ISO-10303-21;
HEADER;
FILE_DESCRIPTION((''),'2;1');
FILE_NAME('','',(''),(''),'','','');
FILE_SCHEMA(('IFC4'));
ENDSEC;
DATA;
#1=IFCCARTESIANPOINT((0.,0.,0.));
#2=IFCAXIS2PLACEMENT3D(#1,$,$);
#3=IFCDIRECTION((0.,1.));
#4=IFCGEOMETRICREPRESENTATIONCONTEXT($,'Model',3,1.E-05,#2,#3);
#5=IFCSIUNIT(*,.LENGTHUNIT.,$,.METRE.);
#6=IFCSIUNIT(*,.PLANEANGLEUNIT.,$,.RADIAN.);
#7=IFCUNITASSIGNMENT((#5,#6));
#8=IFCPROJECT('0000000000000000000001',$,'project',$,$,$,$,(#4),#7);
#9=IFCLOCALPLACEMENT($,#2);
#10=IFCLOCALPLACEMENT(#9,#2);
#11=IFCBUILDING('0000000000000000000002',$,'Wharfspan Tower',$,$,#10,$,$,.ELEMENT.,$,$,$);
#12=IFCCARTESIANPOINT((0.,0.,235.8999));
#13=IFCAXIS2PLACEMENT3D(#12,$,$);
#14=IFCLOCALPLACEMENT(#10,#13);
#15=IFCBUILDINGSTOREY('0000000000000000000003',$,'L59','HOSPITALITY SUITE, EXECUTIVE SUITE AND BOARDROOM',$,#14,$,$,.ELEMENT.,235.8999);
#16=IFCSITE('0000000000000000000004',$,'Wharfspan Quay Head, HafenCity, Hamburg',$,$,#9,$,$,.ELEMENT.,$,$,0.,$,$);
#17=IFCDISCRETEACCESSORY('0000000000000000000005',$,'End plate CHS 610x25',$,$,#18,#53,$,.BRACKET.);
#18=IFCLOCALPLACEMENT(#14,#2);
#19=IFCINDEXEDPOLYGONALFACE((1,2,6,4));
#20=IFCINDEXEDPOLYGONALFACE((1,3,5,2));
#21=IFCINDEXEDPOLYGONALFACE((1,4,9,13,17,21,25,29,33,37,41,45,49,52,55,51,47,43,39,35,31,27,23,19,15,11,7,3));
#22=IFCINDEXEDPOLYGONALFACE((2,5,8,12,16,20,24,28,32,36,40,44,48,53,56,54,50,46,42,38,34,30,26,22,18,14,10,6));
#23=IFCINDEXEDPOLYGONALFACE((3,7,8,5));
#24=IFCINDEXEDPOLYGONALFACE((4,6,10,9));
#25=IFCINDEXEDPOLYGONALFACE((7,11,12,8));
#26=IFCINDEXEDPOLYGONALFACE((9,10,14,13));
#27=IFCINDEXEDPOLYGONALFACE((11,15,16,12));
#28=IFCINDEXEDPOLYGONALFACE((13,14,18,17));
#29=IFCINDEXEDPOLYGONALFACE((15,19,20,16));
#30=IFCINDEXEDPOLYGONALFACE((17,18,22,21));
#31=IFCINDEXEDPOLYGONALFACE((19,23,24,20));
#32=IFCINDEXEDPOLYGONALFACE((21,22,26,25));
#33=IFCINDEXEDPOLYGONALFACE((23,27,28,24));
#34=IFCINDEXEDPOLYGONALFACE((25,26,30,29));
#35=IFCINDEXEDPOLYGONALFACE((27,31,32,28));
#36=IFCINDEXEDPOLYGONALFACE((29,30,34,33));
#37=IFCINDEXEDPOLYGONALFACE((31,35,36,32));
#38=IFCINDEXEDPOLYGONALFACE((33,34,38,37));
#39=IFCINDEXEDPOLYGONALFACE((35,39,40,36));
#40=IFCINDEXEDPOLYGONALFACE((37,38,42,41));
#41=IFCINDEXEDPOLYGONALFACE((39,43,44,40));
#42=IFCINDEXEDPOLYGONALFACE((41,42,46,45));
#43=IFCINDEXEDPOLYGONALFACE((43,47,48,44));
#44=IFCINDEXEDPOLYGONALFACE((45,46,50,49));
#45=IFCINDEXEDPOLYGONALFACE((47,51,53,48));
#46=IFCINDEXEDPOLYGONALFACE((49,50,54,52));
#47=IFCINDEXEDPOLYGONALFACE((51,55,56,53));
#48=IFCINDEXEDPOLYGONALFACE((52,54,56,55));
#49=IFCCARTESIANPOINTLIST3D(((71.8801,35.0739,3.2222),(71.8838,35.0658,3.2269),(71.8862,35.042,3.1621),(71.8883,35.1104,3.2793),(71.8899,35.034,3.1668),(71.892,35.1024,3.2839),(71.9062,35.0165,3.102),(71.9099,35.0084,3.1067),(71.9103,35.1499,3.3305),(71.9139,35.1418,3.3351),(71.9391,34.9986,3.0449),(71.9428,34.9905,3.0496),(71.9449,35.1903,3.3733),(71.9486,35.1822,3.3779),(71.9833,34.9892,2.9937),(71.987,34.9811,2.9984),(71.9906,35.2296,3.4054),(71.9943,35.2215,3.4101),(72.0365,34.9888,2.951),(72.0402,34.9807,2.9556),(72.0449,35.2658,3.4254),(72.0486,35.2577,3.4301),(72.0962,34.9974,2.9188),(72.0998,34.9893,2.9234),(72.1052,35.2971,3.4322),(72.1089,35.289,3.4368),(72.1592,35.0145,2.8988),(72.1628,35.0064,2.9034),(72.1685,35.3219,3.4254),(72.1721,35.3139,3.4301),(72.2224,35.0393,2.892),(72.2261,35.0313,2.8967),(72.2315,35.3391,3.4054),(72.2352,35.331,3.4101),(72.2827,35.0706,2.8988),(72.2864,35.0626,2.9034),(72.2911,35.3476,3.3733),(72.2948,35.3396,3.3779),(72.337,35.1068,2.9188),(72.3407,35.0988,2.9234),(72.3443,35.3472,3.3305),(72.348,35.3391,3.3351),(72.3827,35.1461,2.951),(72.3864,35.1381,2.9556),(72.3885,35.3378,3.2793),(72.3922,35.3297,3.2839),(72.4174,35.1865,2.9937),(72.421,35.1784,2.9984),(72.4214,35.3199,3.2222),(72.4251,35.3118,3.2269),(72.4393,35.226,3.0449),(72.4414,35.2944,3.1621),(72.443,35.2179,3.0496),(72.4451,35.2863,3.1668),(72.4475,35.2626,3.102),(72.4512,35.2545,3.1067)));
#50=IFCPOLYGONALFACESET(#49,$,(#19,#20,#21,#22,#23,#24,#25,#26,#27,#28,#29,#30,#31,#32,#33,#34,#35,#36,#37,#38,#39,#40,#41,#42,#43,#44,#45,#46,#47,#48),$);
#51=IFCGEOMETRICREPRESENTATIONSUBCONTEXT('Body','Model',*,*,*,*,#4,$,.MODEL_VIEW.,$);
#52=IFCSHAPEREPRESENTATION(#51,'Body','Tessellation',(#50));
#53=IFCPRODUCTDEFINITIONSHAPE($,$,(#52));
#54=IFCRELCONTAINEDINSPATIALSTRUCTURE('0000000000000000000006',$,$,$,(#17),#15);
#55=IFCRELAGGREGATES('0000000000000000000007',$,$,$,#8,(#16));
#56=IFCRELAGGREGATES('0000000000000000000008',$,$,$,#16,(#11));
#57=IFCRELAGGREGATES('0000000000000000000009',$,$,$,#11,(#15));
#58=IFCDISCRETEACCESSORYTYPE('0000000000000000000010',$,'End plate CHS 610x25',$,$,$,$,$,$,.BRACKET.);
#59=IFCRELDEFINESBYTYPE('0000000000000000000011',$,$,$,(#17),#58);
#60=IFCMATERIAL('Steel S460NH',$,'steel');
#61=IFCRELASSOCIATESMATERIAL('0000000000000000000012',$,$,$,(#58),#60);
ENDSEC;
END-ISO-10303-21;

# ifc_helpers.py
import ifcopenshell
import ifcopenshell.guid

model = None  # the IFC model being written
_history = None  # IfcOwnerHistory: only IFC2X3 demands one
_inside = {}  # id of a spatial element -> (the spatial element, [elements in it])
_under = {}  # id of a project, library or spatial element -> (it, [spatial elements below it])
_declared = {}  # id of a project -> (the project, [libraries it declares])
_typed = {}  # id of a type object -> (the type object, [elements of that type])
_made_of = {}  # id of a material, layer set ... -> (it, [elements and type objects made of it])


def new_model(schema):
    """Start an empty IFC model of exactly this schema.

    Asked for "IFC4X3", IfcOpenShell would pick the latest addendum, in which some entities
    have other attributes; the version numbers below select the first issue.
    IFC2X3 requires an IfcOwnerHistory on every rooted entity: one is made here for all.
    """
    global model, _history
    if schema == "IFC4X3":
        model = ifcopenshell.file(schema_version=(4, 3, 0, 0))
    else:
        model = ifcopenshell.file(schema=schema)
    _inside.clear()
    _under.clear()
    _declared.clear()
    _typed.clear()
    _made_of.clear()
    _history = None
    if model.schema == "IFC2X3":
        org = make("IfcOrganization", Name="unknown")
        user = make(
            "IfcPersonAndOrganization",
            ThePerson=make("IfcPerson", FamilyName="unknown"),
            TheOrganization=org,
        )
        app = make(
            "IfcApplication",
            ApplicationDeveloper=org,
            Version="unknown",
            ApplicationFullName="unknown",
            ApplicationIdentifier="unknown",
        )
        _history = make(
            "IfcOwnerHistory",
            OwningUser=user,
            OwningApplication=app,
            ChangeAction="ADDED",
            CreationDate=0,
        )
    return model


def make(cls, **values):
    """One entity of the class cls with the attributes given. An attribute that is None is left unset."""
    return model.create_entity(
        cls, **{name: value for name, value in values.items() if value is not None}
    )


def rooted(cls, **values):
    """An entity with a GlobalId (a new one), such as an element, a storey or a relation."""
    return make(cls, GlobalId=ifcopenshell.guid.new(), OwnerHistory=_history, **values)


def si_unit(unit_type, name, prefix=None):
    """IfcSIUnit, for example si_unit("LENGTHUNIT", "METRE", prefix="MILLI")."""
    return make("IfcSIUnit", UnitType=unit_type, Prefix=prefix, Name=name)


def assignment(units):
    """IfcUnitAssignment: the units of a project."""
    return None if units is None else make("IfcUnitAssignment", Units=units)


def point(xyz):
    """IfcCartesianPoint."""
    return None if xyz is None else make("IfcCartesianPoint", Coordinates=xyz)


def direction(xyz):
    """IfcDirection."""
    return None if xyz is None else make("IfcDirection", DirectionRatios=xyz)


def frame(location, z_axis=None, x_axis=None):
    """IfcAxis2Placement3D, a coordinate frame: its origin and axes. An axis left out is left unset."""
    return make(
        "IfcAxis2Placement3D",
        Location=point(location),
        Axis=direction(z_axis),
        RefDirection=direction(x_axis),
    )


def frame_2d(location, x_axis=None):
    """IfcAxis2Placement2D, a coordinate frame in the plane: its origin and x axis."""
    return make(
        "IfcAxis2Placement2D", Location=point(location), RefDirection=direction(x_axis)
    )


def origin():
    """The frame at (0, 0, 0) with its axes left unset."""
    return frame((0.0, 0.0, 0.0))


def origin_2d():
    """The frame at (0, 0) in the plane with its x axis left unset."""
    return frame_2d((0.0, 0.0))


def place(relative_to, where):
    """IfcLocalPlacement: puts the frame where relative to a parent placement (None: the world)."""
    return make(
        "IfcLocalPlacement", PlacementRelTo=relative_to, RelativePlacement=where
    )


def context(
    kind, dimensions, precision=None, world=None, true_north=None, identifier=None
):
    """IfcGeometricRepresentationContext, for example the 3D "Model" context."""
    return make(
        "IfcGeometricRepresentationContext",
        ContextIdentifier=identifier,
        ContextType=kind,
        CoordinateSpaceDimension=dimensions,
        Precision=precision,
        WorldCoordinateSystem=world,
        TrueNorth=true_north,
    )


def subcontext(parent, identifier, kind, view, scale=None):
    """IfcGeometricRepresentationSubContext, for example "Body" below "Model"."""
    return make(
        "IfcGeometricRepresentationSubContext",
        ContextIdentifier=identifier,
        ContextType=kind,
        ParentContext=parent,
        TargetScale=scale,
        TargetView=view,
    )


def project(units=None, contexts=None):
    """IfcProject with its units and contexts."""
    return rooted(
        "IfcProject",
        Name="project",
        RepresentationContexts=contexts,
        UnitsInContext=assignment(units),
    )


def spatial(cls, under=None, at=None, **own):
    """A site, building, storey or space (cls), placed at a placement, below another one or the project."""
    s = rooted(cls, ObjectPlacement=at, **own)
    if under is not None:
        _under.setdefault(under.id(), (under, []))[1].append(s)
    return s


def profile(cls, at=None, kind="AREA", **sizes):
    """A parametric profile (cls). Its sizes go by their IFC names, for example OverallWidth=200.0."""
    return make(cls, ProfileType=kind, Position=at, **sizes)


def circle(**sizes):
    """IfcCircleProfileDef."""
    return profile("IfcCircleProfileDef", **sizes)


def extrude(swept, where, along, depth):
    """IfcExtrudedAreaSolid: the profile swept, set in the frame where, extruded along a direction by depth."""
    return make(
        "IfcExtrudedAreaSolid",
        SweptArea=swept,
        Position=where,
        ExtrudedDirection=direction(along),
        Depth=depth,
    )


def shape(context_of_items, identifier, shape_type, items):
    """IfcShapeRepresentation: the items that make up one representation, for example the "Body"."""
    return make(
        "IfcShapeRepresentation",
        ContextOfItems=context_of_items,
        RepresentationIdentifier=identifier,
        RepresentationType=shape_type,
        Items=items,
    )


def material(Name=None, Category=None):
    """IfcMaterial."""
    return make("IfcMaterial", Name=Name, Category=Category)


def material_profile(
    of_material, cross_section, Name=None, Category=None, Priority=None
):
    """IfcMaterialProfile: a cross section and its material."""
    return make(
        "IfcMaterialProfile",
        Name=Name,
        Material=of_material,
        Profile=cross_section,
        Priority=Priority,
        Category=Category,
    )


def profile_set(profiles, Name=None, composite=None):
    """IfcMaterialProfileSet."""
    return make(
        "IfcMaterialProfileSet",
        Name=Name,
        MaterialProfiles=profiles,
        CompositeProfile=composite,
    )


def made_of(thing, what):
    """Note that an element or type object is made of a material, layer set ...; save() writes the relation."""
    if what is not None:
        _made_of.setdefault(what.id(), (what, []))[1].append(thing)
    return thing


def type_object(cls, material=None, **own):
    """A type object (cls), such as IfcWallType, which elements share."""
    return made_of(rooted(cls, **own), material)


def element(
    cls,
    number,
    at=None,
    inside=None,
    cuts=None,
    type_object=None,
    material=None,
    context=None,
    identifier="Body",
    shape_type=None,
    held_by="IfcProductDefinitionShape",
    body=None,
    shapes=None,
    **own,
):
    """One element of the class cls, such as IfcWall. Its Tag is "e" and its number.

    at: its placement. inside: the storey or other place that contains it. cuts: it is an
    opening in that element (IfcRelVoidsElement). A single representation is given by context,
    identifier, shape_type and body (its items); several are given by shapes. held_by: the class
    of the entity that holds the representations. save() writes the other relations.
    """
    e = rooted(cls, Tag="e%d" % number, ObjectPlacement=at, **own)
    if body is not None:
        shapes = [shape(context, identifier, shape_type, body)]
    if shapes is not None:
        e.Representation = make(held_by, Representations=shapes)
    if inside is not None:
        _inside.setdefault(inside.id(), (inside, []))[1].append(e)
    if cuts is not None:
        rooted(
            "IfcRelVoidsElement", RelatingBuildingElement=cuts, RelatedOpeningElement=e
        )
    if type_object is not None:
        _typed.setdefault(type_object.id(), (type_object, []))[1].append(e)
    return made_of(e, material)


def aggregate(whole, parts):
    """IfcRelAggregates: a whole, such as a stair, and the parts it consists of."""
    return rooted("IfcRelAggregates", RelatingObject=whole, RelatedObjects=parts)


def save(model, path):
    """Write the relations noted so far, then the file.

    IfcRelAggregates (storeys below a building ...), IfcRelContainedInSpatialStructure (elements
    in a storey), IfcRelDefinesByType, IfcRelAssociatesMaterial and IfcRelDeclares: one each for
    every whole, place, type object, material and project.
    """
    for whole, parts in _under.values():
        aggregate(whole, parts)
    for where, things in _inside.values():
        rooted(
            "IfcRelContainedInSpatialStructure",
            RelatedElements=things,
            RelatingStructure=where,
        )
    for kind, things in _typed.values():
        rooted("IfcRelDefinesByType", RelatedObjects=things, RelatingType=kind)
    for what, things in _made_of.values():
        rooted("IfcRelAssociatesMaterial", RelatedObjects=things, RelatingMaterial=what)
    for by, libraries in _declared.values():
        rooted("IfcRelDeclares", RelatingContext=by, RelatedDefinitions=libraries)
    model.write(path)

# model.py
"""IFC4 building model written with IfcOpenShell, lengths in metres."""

from ifc_helpers import new_model, si_unit, direction, frame, origin, origin_2d, place, context, subcontext, project, spatial, circle, extrude, material, material_profile, profile_set, type_object, element, save


model = new_model("IFC4")

# Units and contexts
model_context = context("Model", 3, precision=1e-05, world=origin(), true_north=direction((0.0, 1.0)))
body_context = subcontext(model_context, "Body", "Model", "MODEL_VIEW")
ifc_project = project(units=[si_unit("LENGTHUNIT", "METRE"), si_unit("PLANEANGLEUNIT", "RADIAN")], contexts=[model_context])

# Site, building, storey
site_placement = place(None, origin())
site = spatial("IfcSite", under=ifc_project, at=site_placement, Name="Wharfspan Quay Head, HafenCity, Hamburg", CompositionType="ELEMENT", RefElevation=0.0)
building_placement = place(site_placement, origin())
building = spatial("IfcBuilding", under=site, at=building_placement, Name="Wharfspan Tower", CompositionType="ELEMENT")
storey_placement = place(building_placement, frame((0.0, 0.0, 235.8999)))
storey = spatial("IfcBuildingStorey", under=building, at=storey_placement, Name="L59", Description="HOSPITALITY SUITE, EXECUTIVE SUITE AND BOARDROOM", CompositionType="ELEMENT", Elevation=235.8999)

# Shared definitions
ifc_material_1 = material(Name="Steel S460NH", Category="steel")

# Discrete accessory
ifc_material_profile_1 = material_profile(ifc_material_1, circle(Radius=0.3049, at=origin_2d()))
ifc_profile_set_1 = profile_set([ifc_material_profile_1], Name="Steel S460NH")
discrete_accessory_type = type_object("IfcDiscreteAccessoryType", Name="End plate CHS 610x25", PredefinedType="BRACKET", material=ifc_profile_set_1)
for number, where, z_axis, x_axis, name in (
    (1, (72.1638, 35.1682, 3.1621), (0.366508, -0.806318, 0.464244), (0.910368, 0.413804, 0.000001), "End plate CHS 610x25"),
):
    element("IfcDiscreteAccessory", number, at=place(storey_placement, frame(where, z_axis=z_axis, x_axis=x_axis)), inside=storey, type_object=discrete_accessory_type, Name=name, PredefinedType="BRACKET", context=body_context, shape_type="SweptSolid", body=[
        extrude(circle(Radius=0.3049, at=origin_2d()), origin(), (0.0, 0.0, 1.0), 0.01),
    ])

save(model, "model.ifc")
